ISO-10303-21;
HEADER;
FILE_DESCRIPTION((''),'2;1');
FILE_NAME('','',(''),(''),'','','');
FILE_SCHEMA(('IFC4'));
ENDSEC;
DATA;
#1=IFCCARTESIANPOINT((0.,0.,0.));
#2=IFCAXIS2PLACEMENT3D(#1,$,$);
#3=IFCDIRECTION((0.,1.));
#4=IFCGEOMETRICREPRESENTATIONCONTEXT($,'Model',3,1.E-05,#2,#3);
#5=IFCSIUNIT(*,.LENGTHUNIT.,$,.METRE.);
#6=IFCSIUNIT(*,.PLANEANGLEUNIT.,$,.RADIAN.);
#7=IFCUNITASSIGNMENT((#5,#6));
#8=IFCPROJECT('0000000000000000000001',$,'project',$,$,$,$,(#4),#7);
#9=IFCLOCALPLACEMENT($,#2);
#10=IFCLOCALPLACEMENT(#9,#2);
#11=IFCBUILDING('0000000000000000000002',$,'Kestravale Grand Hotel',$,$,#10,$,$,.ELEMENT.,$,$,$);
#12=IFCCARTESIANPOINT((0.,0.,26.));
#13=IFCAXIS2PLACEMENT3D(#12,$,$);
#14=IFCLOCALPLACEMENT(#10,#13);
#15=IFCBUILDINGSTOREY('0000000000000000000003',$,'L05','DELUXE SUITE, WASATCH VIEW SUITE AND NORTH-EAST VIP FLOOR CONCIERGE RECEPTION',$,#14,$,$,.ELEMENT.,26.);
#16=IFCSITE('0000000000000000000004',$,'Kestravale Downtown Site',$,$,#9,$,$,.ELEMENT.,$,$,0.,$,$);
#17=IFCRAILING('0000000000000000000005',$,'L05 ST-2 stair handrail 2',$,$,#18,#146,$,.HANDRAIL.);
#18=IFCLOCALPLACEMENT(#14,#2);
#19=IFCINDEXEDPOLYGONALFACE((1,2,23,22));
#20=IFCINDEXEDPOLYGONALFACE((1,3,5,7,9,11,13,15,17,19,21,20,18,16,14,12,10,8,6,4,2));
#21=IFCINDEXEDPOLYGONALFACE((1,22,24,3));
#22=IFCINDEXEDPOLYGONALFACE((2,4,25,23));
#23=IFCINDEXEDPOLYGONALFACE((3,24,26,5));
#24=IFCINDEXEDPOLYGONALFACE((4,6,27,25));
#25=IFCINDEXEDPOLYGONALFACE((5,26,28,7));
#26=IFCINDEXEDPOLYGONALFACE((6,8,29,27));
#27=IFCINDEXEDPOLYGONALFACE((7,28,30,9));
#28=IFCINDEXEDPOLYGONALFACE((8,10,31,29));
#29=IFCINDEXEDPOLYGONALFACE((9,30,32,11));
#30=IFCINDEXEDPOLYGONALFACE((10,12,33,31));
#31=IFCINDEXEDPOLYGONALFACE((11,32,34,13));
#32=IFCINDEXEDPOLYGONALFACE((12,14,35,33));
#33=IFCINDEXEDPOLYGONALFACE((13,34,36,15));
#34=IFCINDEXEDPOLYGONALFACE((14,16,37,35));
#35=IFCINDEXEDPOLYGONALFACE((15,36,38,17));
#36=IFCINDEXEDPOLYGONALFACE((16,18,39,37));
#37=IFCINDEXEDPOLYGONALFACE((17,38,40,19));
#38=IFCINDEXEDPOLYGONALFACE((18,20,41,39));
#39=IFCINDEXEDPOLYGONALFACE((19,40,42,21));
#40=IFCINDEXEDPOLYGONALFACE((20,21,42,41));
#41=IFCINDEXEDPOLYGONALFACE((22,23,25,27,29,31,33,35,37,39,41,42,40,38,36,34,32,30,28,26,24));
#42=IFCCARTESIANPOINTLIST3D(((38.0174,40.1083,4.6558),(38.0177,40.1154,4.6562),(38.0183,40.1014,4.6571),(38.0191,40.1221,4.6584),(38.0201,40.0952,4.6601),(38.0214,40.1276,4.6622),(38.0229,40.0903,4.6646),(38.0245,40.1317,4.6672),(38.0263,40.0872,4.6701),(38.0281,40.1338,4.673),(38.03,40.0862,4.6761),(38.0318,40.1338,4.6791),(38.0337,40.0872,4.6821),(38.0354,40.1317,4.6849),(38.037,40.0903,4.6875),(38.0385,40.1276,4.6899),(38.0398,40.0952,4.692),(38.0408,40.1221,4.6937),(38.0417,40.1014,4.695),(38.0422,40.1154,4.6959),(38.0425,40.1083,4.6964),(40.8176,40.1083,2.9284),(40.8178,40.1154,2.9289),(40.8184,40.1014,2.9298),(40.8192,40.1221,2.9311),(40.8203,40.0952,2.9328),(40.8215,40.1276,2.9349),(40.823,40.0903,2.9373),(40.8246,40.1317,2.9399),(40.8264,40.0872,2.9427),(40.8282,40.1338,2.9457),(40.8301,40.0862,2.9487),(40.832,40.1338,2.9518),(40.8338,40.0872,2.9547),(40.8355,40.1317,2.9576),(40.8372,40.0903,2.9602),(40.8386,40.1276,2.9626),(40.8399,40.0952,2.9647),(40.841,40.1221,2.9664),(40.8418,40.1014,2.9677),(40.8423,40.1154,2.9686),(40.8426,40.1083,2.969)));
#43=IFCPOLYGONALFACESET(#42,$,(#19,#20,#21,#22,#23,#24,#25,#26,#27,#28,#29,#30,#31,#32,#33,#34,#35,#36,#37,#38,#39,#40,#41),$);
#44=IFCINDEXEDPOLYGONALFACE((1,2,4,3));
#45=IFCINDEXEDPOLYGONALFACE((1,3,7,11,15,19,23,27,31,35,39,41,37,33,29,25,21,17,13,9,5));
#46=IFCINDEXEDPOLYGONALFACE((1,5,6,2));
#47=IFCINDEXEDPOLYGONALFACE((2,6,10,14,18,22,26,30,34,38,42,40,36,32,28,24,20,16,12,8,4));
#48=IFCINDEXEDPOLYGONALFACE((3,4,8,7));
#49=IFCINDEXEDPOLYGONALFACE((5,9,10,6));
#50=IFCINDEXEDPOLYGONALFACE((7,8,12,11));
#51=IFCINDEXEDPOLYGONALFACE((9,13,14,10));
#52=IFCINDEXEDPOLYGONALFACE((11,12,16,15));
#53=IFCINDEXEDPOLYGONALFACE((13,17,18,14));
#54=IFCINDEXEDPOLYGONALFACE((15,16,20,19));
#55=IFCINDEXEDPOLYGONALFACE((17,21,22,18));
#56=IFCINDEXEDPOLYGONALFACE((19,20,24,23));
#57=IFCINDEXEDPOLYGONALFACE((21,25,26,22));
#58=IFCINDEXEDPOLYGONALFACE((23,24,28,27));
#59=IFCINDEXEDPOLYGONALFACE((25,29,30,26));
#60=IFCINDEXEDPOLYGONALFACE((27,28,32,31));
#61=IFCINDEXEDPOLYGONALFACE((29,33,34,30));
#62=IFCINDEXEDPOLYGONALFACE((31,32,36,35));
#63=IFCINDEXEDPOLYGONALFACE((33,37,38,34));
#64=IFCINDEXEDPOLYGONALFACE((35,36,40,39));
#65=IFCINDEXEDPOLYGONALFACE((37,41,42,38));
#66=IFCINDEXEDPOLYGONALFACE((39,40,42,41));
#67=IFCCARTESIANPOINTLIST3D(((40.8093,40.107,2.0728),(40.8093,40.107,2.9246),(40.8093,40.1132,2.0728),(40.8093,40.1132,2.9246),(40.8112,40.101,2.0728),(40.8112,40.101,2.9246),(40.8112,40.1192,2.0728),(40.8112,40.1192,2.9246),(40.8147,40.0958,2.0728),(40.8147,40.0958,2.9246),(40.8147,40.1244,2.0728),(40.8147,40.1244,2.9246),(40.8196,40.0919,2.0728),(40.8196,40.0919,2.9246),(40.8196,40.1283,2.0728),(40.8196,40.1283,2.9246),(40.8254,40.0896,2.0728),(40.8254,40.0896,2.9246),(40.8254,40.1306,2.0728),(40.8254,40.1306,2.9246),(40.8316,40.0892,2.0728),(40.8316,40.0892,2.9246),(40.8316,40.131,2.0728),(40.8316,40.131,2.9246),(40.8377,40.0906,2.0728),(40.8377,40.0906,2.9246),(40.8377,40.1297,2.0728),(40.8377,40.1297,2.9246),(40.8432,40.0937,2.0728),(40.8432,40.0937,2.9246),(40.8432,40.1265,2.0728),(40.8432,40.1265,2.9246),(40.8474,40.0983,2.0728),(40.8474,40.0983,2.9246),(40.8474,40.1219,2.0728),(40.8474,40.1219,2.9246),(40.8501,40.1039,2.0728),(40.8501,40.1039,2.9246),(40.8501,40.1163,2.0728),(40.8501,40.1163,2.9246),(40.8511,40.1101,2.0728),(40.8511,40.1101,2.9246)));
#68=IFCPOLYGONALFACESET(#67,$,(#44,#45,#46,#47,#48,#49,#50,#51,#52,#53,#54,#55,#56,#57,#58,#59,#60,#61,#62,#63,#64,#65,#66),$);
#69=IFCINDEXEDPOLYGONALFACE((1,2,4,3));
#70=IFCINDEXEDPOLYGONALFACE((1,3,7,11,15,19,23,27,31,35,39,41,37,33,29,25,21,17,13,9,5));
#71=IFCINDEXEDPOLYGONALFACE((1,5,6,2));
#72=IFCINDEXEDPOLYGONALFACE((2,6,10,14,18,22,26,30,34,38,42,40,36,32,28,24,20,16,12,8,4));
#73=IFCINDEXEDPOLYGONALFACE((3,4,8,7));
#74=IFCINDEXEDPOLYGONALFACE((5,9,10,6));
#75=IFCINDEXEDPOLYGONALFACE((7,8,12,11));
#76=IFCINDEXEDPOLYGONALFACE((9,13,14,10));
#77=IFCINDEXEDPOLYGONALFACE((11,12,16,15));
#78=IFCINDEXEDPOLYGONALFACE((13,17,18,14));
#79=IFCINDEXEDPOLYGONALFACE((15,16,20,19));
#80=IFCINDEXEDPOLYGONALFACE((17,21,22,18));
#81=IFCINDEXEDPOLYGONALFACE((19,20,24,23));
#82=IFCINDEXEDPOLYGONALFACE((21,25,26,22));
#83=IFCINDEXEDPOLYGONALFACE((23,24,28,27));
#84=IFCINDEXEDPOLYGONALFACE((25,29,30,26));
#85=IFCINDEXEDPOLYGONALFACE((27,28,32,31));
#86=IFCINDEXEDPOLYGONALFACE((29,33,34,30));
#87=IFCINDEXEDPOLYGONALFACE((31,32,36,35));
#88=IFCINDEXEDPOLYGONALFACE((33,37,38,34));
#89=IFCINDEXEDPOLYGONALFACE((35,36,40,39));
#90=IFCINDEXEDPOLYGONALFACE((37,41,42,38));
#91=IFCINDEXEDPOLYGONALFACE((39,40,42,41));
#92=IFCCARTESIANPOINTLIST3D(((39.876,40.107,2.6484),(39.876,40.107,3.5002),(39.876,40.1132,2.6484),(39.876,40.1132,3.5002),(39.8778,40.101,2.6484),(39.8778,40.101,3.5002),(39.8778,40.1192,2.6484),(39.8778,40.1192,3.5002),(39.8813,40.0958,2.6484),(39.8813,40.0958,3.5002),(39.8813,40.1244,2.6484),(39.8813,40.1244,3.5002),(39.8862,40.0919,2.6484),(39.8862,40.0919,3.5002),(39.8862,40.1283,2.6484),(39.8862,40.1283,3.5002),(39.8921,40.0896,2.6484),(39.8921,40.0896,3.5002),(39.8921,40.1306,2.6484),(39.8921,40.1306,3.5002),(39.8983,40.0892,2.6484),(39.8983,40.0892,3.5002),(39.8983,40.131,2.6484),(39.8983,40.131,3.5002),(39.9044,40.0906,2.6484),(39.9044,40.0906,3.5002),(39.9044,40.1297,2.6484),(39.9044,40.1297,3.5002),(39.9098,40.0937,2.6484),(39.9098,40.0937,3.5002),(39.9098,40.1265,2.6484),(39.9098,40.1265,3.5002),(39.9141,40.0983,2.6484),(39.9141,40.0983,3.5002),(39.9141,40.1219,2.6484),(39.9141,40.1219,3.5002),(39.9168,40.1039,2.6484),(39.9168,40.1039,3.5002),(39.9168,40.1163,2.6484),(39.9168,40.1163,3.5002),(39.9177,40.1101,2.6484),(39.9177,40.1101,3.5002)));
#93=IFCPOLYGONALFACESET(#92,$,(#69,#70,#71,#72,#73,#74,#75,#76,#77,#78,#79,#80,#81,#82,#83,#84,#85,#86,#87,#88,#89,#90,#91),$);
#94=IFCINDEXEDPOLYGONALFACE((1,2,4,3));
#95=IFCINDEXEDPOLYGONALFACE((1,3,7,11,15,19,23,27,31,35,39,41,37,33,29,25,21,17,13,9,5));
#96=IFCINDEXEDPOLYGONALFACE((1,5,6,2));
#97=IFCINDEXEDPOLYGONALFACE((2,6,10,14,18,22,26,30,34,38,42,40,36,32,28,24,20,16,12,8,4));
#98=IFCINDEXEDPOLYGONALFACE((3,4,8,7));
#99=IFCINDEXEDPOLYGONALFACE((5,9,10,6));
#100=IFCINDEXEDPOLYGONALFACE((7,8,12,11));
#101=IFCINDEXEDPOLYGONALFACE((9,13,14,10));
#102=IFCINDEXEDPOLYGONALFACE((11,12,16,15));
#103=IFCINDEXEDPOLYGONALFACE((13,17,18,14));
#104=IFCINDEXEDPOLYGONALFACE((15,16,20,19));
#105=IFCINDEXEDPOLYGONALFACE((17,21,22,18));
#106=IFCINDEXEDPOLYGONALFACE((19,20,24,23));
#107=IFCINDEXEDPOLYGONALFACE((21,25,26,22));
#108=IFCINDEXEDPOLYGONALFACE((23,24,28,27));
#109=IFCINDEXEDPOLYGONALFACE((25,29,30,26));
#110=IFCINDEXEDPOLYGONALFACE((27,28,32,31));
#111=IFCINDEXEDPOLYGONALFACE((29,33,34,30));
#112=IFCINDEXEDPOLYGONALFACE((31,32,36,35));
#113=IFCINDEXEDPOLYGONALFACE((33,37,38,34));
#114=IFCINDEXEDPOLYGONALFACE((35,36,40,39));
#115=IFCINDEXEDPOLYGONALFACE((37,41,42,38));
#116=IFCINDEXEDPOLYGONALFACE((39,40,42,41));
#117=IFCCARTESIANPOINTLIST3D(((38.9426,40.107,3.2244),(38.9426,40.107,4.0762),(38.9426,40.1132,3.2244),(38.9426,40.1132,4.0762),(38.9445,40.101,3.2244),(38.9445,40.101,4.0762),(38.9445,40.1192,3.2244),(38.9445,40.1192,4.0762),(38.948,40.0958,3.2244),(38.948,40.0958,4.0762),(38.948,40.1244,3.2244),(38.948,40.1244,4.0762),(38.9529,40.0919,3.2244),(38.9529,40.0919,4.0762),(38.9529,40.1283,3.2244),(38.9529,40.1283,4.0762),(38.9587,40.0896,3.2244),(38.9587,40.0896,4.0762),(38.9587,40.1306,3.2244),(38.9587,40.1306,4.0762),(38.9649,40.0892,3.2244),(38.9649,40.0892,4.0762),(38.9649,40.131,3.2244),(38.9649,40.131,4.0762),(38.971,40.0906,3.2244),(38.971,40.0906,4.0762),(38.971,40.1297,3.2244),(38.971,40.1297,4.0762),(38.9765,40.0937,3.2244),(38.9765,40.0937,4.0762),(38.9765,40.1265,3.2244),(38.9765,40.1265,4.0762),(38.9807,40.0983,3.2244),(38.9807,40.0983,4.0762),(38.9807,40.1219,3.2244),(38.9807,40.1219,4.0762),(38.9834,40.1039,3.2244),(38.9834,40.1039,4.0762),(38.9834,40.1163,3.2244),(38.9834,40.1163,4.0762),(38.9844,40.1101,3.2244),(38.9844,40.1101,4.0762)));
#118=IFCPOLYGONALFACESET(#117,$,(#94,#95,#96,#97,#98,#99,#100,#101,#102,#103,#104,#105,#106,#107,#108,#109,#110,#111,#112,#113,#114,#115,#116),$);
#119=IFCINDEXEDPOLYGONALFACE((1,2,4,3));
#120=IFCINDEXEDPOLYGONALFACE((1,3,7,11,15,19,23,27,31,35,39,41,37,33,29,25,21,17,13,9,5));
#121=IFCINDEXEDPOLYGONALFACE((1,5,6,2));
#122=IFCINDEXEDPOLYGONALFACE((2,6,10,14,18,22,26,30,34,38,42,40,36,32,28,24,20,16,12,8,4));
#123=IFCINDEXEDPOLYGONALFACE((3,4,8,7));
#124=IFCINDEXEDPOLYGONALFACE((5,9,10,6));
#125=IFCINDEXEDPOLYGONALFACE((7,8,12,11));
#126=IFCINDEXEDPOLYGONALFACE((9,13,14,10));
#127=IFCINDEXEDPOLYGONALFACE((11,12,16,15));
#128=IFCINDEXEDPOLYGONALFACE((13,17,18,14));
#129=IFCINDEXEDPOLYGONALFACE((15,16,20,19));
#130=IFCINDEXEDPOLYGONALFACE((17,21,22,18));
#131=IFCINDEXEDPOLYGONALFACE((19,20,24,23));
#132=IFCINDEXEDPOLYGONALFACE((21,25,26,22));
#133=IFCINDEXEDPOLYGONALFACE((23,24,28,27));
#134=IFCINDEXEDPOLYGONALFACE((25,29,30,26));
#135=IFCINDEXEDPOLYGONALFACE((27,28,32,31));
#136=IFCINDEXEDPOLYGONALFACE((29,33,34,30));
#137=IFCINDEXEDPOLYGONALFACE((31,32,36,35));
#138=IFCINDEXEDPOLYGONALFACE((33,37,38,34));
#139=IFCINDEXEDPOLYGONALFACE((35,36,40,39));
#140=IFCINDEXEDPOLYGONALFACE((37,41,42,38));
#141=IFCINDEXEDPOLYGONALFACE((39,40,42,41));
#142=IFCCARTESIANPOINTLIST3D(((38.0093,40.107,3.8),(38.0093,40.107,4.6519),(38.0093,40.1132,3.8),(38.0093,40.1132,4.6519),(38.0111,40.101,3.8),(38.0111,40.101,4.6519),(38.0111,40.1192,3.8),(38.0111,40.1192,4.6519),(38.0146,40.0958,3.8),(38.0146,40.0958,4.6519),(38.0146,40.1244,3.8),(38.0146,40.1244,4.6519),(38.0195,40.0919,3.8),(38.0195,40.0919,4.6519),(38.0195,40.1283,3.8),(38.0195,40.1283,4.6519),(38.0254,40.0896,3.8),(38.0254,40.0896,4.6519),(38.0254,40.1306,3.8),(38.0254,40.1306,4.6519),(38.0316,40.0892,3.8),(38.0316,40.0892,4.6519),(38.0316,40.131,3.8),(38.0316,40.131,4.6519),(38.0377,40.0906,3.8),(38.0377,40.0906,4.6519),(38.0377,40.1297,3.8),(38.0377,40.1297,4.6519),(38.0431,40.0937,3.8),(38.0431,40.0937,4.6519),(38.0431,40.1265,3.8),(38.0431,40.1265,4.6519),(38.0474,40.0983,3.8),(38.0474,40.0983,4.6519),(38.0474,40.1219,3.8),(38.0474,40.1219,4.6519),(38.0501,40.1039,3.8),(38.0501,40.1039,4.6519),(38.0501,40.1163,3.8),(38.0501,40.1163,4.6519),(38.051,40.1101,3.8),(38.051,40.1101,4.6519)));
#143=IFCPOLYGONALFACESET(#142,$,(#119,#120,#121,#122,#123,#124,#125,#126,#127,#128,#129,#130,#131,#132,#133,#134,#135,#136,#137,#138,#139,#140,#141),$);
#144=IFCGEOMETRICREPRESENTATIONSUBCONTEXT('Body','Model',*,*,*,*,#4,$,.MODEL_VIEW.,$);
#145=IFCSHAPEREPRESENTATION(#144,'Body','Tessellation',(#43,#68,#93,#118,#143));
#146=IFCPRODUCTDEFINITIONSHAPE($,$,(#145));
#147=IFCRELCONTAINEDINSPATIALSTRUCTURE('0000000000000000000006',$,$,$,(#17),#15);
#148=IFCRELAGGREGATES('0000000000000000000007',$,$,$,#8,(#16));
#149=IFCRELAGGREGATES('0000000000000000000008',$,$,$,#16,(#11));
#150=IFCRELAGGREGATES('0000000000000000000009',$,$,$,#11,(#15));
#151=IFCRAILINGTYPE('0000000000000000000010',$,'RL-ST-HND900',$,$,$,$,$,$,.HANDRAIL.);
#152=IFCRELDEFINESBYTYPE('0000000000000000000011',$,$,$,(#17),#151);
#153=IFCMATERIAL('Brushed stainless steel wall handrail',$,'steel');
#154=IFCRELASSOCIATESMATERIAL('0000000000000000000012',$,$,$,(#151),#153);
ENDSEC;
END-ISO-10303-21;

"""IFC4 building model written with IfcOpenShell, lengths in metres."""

from ifc_helpers import new_model, si_unit, direction, frame, origin, origin_2d, place, context, subcontext, project, spatial, circle, extrude, material, type_object, element, save


model = new_model("IFC4")

# Units and contexts
model_context = context("Model", 3, precision=1e-05, world=origin(), true_north=direction((0.0, 1.0)))
body_context = subcontext(model_context, "Body", "Model", "MODEL_VIEW")
ifc_project = project(units=[si_unit("LENGTHUNIT", "METRE"), si_unit("PLANEANGLEUNIT", "RADIAN")], contexts=[model_context])

# Site, building, storey
site_placement = place(None, origin())
site = spatial("IfcSite", under=ifc_project, at=site_placement, Name="Kestravale Downtown Site", CompositionType="ELEMENT", RefElevation=0.0)
building_placement = place(site_placement, origin())
building = spatial("IfcBuilding", under=site, at=building_placement, Name="Kestravale Grand Hotel", CompositionType="ELEMENT")
storey_placement = place(building_placement, frame((0.0, 0.0, 26.0)))
storey = spatial("IfcBuildingStorey", under=building, at=storey_placement, Name="L05", Description="DELUXE SUITE, WASATCH VIEW SUITE AND NORTH-EAST VIP FLOOR CONCIERGE RECEPTION", CompositionType="ELEMENT", Elevation=26.0)

# Railing
ifc_material_1 = material(Name="Brushed stainless steel wall handrail", Category="steel")
railing_type_1 = type_object("IfcRailingType", Name="RL-ST-HND900", PredefinedType="HANDRAIL", material=ifc_material_1)
railing_1_placement = place(storey_placement, frame((40.8301, 40.1101, 2.0728)))
element("IfcRailing", 1, at=railing_1_placement, inside=storey, type_object=railing_type_1, Name="L05 ST-2 stair handrail 2", PredefinedType="HANDRAIL", context=body_context, shape_type="SweptSolid", body=[
    extrude(circle(Radius=0.0239, at=origin_2d()), frame((0.0, 0.0, 0.876), z_axis=(-0.85109, 0.0, 0.52502), x_axis=(0.0, -1.0, 0.0)), (0.0, 0.0, 1.0), 3.29),
    extrude(circle(Radius=0.021, at=origin_2d()), origin(), (0.0, 0.0, 1.0), 0.8518),
    extrude(circle(Radius=0.021, at=origin_2d()), frame((-0.9333, 0.0, 0.5757)), (0.0, 0.0, 1.0), 0.8518),
    extrude(circle(Radius=0.021, at=origin_2d()), frame((-1.8667, 0.0, 1.1516)), (0.0, 0.0, 1.0), 0.8518),
    extrude(circle(Radius=0.021, at=origin_2d()), frame((-2.8, 0.0, 1.7273)), (0.0, 0.0, 1.0), 0.8518),
])

save(model, "model.ifc")
